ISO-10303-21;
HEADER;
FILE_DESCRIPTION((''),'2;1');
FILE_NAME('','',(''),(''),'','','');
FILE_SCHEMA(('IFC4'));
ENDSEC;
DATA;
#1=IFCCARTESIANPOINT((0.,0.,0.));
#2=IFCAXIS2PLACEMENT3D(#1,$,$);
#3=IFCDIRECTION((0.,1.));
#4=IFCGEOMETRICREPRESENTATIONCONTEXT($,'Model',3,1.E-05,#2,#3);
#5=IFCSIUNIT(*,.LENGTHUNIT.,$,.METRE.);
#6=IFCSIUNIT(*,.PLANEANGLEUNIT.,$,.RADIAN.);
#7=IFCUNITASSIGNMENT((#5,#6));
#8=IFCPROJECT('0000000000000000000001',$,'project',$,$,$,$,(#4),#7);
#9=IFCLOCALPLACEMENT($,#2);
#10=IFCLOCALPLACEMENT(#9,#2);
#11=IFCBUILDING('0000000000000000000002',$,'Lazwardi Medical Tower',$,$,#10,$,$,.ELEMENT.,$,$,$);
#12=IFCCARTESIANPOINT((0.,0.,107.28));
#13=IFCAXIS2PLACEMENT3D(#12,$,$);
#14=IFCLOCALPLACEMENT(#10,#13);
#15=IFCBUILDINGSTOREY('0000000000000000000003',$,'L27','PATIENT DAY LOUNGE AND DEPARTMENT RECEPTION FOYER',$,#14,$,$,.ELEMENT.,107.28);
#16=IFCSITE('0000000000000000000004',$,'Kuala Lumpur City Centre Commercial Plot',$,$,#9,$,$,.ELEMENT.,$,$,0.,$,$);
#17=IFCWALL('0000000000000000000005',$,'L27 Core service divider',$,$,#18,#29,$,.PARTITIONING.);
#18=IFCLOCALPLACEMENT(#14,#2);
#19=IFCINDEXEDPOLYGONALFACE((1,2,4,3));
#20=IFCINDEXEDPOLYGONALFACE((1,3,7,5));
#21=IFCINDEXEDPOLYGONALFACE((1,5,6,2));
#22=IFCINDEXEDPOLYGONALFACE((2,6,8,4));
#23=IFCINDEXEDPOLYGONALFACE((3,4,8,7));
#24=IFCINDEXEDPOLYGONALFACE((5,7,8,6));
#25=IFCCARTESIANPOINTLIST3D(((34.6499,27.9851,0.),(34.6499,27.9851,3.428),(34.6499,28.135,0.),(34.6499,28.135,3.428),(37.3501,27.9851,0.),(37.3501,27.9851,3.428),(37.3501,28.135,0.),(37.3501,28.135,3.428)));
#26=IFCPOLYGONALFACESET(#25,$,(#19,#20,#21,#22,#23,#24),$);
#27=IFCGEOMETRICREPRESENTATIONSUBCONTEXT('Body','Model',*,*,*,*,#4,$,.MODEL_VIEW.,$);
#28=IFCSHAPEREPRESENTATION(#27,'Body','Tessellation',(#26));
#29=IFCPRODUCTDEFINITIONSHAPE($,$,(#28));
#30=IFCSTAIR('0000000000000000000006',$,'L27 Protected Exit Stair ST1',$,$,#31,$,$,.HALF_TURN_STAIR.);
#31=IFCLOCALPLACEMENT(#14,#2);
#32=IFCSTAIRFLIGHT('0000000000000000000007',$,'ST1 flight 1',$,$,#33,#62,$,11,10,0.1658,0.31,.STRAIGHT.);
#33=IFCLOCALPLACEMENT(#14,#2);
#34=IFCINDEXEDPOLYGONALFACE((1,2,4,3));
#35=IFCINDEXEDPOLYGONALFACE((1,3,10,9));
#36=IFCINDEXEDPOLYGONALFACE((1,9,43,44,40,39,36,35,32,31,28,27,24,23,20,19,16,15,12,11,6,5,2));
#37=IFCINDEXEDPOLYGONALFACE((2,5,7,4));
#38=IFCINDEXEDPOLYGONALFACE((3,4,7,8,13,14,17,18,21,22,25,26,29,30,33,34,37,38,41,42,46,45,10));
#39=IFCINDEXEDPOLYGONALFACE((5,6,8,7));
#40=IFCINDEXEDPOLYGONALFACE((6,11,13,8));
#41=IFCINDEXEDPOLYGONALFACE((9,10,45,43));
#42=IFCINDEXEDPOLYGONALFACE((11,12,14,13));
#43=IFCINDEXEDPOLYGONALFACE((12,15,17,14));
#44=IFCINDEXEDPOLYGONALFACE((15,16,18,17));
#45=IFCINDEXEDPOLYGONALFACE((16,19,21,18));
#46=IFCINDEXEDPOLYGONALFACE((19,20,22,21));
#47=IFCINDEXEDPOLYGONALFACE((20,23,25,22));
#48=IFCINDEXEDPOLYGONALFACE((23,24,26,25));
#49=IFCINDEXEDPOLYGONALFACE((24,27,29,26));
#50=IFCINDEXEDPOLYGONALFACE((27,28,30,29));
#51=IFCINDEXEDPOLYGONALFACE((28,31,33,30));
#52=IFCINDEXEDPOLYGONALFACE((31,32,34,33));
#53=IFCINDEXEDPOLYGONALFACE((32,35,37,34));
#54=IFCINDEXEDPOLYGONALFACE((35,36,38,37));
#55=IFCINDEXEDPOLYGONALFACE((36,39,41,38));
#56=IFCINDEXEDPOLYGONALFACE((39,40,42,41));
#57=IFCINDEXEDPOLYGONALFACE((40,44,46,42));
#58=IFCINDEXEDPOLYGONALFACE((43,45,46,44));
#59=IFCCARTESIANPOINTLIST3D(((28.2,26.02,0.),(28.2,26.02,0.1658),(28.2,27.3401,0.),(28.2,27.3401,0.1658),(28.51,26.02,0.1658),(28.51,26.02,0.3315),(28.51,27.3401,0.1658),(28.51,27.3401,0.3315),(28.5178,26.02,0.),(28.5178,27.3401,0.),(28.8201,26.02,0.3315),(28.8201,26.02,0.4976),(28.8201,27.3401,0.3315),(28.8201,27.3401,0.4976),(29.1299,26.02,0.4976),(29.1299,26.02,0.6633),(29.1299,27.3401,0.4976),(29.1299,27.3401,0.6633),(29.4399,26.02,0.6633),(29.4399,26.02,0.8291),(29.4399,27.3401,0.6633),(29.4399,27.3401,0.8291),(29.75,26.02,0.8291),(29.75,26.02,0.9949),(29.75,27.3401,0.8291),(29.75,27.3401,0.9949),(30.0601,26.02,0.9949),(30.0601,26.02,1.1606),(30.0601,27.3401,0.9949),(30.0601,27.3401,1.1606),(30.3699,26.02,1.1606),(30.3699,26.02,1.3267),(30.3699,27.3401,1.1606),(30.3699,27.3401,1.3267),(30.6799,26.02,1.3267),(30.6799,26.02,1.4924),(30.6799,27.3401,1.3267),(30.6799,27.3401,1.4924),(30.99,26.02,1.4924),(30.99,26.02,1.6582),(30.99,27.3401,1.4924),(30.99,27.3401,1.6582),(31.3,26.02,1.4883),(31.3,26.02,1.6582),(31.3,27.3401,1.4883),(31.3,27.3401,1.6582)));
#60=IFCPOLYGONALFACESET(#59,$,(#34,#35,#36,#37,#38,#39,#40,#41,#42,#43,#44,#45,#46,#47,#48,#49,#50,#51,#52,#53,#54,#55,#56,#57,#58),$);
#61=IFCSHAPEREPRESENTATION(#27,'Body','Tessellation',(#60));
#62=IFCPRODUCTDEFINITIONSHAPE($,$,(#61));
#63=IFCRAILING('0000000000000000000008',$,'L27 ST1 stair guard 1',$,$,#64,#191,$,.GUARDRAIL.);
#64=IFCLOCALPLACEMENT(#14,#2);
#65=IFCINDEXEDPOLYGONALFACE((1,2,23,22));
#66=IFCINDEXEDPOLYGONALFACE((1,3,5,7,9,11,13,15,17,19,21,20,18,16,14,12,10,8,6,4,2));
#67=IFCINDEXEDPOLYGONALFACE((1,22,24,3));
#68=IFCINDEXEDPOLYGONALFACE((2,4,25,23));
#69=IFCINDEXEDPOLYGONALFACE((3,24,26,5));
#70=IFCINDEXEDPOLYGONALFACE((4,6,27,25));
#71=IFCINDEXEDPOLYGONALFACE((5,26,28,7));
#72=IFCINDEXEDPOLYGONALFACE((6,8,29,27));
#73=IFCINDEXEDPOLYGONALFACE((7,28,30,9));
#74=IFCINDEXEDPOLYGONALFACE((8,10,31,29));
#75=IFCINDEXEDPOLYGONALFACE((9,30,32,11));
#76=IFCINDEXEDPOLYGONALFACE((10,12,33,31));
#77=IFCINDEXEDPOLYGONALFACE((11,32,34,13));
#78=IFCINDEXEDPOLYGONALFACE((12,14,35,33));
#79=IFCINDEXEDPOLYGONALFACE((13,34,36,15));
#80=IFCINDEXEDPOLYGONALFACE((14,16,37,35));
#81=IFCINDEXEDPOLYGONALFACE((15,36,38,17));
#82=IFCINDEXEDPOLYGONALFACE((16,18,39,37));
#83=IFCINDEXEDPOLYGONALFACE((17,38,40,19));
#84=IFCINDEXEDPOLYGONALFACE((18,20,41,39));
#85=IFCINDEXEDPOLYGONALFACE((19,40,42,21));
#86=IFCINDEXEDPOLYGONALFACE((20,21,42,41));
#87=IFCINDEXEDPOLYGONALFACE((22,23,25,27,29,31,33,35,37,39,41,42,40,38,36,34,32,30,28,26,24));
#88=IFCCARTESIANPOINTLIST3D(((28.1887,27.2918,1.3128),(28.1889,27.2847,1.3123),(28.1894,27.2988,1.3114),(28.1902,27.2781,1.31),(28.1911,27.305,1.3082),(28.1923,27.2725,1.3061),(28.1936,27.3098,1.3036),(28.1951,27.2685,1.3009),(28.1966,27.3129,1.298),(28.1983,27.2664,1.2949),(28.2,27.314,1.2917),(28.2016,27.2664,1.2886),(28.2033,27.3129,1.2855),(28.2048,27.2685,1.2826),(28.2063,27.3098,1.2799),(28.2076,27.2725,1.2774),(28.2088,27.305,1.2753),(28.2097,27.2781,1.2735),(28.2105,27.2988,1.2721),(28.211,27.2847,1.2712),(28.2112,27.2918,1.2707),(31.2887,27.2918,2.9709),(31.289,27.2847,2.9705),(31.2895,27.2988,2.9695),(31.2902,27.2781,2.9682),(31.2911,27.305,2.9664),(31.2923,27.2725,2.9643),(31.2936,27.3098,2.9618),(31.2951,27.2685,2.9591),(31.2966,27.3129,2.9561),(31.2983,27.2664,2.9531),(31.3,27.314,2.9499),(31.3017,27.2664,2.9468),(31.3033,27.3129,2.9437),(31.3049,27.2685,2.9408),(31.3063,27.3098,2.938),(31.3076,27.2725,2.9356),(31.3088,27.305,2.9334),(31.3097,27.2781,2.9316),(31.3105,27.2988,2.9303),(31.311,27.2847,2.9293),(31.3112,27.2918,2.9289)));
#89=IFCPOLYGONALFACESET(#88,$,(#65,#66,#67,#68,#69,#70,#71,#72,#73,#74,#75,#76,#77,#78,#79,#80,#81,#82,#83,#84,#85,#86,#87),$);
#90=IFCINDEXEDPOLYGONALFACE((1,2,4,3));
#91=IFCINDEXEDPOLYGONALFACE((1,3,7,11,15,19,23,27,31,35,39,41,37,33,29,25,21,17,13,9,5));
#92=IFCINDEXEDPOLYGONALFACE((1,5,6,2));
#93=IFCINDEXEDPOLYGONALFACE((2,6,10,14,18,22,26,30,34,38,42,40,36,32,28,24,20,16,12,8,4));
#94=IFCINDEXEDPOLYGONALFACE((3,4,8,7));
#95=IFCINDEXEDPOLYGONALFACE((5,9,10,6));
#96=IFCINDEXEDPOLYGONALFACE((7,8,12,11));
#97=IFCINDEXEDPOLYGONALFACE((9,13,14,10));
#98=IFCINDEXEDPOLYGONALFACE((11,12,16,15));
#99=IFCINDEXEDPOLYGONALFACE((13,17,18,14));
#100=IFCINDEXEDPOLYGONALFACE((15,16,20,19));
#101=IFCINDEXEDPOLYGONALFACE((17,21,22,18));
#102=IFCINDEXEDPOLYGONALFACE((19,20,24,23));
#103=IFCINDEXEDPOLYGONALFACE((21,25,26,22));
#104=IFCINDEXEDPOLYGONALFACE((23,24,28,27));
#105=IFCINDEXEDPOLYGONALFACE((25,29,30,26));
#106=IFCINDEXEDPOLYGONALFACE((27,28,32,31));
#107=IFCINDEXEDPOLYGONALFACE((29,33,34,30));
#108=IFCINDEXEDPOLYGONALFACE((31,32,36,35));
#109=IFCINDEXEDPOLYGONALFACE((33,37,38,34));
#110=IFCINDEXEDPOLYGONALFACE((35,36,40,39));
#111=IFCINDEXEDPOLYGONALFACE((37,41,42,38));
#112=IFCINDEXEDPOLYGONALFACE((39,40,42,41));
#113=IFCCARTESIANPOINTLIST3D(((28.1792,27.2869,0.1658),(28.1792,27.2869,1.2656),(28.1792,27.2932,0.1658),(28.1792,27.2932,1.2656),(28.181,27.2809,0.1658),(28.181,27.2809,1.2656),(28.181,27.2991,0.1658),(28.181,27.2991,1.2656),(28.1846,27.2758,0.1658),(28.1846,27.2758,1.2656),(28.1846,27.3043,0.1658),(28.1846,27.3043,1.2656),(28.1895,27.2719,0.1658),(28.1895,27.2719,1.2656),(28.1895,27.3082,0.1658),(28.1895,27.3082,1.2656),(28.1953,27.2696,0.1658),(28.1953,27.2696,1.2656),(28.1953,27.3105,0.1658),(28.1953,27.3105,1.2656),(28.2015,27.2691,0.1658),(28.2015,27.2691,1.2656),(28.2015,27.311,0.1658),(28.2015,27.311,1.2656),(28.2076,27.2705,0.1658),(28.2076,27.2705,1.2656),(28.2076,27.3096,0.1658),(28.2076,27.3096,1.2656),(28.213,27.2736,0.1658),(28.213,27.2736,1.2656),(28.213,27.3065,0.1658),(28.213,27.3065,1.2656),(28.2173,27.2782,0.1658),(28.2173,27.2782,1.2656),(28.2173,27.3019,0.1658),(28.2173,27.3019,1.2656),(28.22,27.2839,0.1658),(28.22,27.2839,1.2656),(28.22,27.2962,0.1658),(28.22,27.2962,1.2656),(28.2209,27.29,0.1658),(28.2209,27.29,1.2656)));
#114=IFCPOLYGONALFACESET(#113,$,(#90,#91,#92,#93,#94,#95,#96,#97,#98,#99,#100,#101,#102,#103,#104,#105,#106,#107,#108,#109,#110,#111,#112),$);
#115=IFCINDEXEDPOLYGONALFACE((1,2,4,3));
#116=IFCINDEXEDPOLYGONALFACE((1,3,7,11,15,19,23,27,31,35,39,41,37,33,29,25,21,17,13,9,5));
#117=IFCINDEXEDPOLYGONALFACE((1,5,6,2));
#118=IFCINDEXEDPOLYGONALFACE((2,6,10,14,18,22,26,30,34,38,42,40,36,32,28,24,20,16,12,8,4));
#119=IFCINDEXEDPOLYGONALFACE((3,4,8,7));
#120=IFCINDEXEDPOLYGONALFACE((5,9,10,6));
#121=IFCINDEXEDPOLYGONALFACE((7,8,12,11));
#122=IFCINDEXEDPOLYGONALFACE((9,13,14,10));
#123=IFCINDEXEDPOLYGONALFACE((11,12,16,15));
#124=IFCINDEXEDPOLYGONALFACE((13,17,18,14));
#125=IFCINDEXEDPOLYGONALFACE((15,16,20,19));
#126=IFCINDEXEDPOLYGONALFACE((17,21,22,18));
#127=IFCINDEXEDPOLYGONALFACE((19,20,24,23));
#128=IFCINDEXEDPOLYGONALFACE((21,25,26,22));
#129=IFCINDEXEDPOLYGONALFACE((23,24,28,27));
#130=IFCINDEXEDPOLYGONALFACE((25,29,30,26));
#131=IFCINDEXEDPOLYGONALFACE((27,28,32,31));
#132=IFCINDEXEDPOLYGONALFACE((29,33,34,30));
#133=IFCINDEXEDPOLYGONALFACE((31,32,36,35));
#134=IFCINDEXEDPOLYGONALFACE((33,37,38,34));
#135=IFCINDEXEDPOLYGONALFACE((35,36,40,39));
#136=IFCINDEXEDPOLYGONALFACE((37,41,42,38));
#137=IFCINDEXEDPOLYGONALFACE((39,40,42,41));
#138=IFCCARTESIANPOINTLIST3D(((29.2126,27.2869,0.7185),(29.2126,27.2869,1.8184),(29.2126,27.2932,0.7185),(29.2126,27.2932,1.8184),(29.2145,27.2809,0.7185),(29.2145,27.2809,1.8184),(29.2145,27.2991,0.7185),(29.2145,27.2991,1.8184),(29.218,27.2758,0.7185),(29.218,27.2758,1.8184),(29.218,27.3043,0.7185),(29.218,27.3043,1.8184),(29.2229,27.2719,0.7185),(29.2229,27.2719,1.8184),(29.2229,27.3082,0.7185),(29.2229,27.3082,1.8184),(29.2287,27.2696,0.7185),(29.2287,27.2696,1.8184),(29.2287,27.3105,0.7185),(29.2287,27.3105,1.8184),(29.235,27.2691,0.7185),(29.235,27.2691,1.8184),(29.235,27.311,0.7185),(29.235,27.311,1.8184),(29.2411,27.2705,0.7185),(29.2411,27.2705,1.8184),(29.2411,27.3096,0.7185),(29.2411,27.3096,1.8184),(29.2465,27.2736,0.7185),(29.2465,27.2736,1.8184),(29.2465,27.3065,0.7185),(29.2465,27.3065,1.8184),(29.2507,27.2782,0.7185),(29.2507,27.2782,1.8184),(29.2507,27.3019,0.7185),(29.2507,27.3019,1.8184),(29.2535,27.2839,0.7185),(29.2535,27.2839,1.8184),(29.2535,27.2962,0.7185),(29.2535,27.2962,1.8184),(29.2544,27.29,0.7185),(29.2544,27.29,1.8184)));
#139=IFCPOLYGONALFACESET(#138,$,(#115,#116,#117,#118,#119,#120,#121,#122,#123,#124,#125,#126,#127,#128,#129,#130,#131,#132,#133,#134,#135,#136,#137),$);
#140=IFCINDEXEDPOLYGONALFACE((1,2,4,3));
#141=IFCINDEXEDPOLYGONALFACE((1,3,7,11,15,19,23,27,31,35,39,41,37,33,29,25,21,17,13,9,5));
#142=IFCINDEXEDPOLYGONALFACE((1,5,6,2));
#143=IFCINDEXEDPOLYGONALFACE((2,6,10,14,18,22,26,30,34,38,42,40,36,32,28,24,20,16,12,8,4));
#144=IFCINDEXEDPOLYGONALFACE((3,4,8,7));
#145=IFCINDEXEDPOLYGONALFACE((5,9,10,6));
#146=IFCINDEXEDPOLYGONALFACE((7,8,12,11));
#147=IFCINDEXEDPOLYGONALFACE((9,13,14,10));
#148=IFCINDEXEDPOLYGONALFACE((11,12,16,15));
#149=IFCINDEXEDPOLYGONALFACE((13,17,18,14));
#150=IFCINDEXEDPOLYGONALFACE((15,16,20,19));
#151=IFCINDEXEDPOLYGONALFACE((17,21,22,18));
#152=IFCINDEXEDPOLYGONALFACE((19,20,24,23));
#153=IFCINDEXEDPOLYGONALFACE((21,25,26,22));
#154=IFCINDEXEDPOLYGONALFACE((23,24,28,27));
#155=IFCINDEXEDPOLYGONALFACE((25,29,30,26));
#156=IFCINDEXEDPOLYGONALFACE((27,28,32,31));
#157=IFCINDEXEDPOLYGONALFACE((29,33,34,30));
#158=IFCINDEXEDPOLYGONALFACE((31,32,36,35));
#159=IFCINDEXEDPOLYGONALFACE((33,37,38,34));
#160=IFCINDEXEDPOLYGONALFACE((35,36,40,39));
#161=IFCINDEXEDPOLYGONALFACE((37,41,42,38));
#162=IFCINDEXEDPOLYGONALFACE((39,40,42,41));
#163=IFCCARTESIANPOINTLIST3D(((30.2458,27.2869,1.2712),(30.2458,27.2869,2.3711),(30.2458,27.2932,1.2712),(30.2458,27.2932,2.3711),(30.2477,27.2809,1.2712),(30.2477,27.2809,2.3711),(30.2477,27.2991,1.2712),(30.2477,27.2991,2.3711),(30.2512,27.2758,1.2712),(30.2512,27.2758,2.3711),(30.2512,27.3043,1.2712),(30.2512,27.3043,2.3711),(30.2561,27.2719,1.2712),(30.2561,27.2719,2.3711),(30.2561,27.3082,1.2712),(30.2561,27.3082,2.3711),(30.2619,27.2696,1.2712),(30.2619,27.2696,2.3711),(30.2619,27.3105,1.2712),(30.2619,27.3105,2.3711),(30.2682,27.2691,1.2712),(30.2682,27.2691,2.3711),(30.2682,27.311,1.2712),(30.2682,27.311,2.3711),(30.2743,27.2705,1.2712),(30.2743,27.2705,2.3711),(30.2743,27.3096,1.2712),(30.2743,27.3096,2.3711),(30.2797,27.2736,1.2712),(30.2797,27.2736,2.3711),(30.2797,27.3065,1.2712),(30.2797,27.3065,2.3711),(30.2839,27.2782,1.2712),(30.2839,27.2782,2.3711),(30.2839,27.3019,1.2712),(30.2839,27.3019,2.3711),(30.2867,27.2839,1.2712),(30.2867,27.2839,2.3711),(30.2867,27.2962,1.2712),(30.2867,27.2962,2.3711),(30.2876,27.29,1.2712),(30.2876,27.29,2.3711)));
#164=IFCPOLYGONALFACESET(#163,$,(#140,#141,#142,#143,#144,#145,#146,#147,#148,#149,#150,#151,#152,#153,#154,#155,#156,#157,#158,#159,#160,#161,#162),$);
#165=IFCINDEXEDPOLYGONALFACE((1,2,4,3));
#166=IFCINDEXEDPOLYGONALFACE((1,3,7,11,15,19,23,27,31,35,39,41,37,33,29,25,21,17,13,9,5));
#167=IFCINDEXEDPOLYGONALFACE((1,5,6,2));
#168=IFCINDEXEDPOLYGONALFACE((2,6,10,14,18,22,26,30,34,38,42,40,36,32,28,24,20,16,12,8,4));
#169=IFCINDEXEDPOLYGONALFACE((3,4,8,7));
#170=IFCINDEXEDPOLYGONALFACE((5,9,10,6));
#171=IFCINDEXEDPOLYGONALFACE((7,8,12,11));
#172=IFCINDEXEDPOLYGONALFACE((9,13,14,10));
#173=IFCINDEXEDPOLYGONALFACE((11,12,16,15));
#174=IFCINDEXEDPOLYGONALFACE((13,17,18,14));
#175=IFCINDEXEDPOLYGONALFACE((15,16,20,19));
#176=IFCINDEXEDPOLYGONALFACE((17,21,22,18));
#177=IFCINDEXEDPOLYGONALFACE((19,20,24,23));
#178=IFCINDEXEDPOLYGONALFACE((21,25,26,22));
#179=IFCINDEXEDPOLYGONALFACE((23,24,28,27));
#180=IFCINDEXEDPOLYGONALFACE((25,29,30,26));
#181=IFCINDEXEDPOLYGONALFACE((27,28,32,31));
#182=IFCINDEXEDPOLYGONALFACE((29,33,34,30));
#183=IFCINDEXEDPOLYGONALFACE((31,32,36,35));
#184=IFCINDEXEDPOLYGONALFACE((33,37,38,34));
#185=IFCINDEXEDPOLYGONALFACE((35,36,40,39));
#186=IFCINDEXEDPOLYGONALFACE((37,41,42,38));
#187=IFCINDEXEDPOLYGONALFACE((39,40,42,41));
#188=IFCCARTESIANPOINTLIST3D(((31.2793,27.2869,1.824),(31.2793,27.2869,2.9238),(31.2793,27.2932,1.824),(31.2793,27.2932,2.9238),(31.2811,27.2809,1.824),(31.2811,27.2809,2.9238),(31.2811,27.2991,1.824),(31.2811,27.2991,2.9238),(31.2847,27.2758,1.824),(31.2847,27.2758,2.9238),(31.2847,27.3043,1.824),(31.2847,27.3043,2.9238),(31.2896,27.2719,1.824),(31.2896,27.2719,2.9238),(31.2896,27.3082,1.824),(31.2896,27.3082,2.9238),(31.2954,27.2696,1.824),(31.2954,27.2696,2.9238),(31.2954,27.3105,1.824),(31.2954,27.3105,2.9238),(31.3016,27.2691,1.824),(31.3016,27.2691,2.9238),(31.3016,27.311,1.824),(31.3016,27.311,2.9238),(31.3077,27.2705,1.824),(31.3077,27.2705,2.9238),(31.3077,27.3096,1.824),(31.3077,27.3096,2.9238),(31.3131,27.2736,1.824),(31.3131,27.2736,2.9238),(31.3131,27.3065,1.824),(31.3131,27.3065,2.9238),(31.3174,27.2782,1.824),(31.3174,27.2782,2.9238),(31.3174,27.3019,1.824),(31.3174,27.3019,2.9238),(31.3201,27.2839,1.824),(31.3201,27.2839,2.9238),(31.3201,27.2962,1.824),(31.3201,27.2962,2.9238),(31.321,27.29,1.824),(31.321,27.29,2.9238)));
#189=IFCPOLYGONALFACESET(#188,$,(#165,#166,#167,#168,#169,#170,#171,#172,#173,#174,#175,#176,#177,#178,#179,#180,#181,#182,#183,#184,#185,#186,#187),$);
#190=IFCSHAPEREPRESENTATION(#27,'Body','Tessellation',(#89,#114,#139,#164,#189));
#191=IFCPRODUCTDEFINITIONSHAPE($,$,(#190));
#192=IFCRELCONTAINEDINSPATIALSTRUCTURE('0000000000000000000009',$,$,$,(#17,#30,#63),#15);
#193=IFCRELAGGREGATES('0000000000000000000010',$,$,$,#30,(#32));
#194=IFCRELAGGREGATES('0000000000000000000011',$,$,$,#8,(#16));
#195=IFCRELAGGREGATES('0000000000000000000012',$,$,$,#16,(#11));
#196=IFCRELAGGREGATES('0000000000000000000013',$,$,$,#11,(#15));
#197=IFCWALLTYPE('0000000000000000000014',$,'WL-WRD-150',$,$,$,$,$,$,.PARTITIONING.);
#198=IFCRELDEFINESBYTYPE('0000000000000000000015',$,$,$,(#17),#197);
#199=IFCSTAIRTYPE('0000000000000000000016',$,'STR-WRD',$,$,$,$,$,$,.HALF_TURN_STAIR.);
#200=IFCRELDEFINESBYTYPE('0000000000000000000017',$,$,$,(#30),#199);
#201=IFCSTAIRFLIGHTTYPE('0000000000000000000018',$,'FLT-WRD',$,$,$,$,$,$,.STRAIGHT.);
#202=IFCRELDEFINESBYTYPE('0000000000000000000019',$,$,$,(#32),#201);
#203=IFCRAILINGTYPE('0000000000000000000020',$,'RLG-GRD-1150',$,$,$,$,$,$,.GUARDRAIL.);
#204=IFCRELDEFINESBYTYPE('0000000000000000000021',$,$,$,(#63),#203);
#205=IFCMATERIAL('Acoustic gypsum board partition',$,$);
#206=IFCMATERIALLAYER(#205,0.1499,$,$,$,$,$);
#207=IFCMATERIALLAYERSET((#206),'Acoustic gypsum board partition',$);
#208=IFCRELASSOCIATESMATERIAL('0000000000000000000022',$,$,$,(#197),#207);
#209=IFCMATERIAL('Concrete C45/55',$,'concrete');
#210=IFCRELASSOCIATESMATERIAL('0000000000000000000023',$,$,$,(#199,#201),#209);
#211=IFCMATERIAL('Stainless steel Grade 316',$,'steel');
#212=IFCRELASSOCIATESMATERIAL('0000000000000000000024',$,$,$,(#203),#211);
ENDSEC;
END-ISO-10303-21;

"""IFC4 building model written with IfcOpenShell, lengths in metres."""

from ifc_helpers import new_model, si_unit, direction, frame, frame_2d, origin, origin_2d, place, context, subcontext, project, spatial, polyline, rectangle, circle, outline, extrude, material, layer, layer_set, type_object, element, aggregate, save


model = new_model("IFC4")

# Units and contexts
model_context = context("Model", 3, precision=1e-05, world=origin(), true_north=direction((0.0, 1.0)))
body_context = subcontext(model_context, "Body", "Model", "MODEL_VIEW")
ifc_project = project(units=[si_unit("LENGTHUNIT", "METRE"), si_unit("PLANEANGLEUNIT", "RADIAN")], contexts=[model_context])

# Site, building, storey
site_placement = place(None, origin())
site = spatial("IfcSite", under=ifc_project, at=site_placement, Name="Kuala Lumpur City Centre Commercial Plot", CompositionType="ELEMENT", RefElevation=0.0)
building_placement = place(site_placement, origin())
building = spatial("IfcBuilding", under=site, at=building_placement, Name="Lazwardi Medical Tower", CompositionType="ELEMENT")
storey_placement = place(building_placement, frame((0.0, 0.0, 107.28)))
storey = spatial("IfcBuildingStorey", under=building, at=storey_placement, Name="L27", Description="PATIENT DAY LOUNGE AND DEPARTMENT RECEPTION FOYER", CompositionType="ELEMENT", Elevation=107.28)

# Wall
ifc_material_1 = material(Name="Acoustic gypsum board partition")
ifc_layer_1 = layer(ifc_material_1, 0.1499)
ifc_layer_set_1 = layer_set([ifc_layer_1], Name="Acoustic gypsum board partition")
wall_type_1 = type_object("IfcWallType", Name="WL-WRD-150", PredefinedType="PARTITIONING", material=ifc_layer_set_1)
wall_1_placement = place(storey_placement, frame((34.6499, 28.0601, 0.0), z_axis=(0.0, 0.0, 1.0), x_axis=(1.0, 0.0, 0.0)))
element("IfcWall", 1, at=wall_1_placement, inside=storey, type_object=wall_type_1, Name="L27 Core service divider", PredefinedType="PARTITIONING", context=body_context, shape_type="SweptSolid", body=[
    extrude(rectangle(XDim=2.7002, YDim=0.1499, at=frame_2d((1.3501, 0.0))), origin(), (0.0, 0.0, 1.0), 3.428),
])

# Stair, stair flight
ifc_material_2 = material(Name="Concrete C45/55", Category="concrete")
stair_type = type_object("IfcStairType", Name="STR-WRD", PredefinedType="HALF_TURN_STAIR", material=ifc_material_2)
stair_placement = place(storey_placement, origin())
stair = element("IfcStair", 2, at=stair_placement, inside=storey, type_object=stair_type, Name="L27 Protected Exit Stair ST1", PredefinedType="HALF_TURN_STAIR")
stair_flight_type = type_object("IfcStairFlightType", Name="FLT-WRD", PredefinedType="STRAIGHT", material=ifc_material_2)
stair_flight_placement = place(storey_placement, frame((28.2, 26.6799, 0.0), z_axis=(0.0, 0.0, 1.0), x_axis=(1.0, 0.0, 0.0)))
stair_flight = element("IfcStairFlight", 3, at=stair_flight_placement, type_object=stair_flight_type, Name="ST1 flight 1", NumberOfRisers=11, NumberOfTreads=10, PredefinedType="STRAIGHT", RiserHeight=0.1658, TreadLength=0.31, context=body_context, shape_type="SweptSolid", body=[
    extrude(outline(polyline([(0.0, 0.0), (0.0, 0.1658), (0.3101, 0.1658), (0.3101, 0.3315), (0.6201, 0.3315), (0.6201, 0.4976), (0.9299, 0.4976), (0.9299, 0.6633), (1.24, 0.6633), (1.24, 0.8291), (1.55, 0.8291), (1.55, 0.9949), (1.8601, 0.9949), (1.8601, 1.1606), (2.1699, 1.1606), (2.1699, 1.3267), (2.48, 1.3267), (2.48, 1.4924), (2.79, 1.4924), (2.79, 1.6582), (3.1001, 1.6582), (3.1001, 1.824), (3.1001, 1.4883), (0.3179, 0.0), (0.0, 0.0)])), frame((0.0, 0.6602, 0.0), z_axis=(0.0, -1.0, 0.0), x_axis=(1.0, 0.0, 0.0)), (0.0, 0.0, 1.0), 1.3201),
])
aggregate(stair, [stair_flight])

# Railing
ifc_material_3 = material(Name="Stainless steel Grade 316", Category="steel")
railing_type_1 = type_object("IfcRailingType", Name="RLG-GRD-1150", PredefinedType="GUARDRAIL", material=ifc_material_3)
railing_1_placement = place(storey_placement, frame((28.2, 27.29, 0.1658)))
element("IfcRailing", 4, at=railing_1_placement, inside=storey, type_object=railing_type_1, Name="L27 ST1 stair guard 1", PredefinedType="GUARDRAIL", context=body_context, shape_type="SweptSolid", body=[
    extrude(circle(Radius=0.0239, at=origin_2d()), frame((0.0, 0.0, 1.126), z_axis=(0.881783, 0.0, 0.471655), x_axis=(0.0, 1.0, 0.0)), (0.0, 0.0, 1.0), 3.5156),
    extrude(circle(Radius=0.021, at=origin_2d()), origin(), (0.0, 0.0, 1.0), 1.0999),
    extrude(circle(Radius=0.021, at=origin_2d()), frame((1.0334, 0.0, 0.5527)), (0.0, 0.0, 1.0), 1.0999),
    extrude(circle(Radius=0.021, at=origin_2d()), frame((2.0667, 0.0, 1.1055)), (0.0, 0.0, 1.0), 1.0999),
    extrude(circle(Radius=0.021, at=origin_2d()), frame((3.1001, 0.0, 1.6582)), (0.0, 0.0, 1.0), 1.0999),
])

save(model, "model.ifc")
